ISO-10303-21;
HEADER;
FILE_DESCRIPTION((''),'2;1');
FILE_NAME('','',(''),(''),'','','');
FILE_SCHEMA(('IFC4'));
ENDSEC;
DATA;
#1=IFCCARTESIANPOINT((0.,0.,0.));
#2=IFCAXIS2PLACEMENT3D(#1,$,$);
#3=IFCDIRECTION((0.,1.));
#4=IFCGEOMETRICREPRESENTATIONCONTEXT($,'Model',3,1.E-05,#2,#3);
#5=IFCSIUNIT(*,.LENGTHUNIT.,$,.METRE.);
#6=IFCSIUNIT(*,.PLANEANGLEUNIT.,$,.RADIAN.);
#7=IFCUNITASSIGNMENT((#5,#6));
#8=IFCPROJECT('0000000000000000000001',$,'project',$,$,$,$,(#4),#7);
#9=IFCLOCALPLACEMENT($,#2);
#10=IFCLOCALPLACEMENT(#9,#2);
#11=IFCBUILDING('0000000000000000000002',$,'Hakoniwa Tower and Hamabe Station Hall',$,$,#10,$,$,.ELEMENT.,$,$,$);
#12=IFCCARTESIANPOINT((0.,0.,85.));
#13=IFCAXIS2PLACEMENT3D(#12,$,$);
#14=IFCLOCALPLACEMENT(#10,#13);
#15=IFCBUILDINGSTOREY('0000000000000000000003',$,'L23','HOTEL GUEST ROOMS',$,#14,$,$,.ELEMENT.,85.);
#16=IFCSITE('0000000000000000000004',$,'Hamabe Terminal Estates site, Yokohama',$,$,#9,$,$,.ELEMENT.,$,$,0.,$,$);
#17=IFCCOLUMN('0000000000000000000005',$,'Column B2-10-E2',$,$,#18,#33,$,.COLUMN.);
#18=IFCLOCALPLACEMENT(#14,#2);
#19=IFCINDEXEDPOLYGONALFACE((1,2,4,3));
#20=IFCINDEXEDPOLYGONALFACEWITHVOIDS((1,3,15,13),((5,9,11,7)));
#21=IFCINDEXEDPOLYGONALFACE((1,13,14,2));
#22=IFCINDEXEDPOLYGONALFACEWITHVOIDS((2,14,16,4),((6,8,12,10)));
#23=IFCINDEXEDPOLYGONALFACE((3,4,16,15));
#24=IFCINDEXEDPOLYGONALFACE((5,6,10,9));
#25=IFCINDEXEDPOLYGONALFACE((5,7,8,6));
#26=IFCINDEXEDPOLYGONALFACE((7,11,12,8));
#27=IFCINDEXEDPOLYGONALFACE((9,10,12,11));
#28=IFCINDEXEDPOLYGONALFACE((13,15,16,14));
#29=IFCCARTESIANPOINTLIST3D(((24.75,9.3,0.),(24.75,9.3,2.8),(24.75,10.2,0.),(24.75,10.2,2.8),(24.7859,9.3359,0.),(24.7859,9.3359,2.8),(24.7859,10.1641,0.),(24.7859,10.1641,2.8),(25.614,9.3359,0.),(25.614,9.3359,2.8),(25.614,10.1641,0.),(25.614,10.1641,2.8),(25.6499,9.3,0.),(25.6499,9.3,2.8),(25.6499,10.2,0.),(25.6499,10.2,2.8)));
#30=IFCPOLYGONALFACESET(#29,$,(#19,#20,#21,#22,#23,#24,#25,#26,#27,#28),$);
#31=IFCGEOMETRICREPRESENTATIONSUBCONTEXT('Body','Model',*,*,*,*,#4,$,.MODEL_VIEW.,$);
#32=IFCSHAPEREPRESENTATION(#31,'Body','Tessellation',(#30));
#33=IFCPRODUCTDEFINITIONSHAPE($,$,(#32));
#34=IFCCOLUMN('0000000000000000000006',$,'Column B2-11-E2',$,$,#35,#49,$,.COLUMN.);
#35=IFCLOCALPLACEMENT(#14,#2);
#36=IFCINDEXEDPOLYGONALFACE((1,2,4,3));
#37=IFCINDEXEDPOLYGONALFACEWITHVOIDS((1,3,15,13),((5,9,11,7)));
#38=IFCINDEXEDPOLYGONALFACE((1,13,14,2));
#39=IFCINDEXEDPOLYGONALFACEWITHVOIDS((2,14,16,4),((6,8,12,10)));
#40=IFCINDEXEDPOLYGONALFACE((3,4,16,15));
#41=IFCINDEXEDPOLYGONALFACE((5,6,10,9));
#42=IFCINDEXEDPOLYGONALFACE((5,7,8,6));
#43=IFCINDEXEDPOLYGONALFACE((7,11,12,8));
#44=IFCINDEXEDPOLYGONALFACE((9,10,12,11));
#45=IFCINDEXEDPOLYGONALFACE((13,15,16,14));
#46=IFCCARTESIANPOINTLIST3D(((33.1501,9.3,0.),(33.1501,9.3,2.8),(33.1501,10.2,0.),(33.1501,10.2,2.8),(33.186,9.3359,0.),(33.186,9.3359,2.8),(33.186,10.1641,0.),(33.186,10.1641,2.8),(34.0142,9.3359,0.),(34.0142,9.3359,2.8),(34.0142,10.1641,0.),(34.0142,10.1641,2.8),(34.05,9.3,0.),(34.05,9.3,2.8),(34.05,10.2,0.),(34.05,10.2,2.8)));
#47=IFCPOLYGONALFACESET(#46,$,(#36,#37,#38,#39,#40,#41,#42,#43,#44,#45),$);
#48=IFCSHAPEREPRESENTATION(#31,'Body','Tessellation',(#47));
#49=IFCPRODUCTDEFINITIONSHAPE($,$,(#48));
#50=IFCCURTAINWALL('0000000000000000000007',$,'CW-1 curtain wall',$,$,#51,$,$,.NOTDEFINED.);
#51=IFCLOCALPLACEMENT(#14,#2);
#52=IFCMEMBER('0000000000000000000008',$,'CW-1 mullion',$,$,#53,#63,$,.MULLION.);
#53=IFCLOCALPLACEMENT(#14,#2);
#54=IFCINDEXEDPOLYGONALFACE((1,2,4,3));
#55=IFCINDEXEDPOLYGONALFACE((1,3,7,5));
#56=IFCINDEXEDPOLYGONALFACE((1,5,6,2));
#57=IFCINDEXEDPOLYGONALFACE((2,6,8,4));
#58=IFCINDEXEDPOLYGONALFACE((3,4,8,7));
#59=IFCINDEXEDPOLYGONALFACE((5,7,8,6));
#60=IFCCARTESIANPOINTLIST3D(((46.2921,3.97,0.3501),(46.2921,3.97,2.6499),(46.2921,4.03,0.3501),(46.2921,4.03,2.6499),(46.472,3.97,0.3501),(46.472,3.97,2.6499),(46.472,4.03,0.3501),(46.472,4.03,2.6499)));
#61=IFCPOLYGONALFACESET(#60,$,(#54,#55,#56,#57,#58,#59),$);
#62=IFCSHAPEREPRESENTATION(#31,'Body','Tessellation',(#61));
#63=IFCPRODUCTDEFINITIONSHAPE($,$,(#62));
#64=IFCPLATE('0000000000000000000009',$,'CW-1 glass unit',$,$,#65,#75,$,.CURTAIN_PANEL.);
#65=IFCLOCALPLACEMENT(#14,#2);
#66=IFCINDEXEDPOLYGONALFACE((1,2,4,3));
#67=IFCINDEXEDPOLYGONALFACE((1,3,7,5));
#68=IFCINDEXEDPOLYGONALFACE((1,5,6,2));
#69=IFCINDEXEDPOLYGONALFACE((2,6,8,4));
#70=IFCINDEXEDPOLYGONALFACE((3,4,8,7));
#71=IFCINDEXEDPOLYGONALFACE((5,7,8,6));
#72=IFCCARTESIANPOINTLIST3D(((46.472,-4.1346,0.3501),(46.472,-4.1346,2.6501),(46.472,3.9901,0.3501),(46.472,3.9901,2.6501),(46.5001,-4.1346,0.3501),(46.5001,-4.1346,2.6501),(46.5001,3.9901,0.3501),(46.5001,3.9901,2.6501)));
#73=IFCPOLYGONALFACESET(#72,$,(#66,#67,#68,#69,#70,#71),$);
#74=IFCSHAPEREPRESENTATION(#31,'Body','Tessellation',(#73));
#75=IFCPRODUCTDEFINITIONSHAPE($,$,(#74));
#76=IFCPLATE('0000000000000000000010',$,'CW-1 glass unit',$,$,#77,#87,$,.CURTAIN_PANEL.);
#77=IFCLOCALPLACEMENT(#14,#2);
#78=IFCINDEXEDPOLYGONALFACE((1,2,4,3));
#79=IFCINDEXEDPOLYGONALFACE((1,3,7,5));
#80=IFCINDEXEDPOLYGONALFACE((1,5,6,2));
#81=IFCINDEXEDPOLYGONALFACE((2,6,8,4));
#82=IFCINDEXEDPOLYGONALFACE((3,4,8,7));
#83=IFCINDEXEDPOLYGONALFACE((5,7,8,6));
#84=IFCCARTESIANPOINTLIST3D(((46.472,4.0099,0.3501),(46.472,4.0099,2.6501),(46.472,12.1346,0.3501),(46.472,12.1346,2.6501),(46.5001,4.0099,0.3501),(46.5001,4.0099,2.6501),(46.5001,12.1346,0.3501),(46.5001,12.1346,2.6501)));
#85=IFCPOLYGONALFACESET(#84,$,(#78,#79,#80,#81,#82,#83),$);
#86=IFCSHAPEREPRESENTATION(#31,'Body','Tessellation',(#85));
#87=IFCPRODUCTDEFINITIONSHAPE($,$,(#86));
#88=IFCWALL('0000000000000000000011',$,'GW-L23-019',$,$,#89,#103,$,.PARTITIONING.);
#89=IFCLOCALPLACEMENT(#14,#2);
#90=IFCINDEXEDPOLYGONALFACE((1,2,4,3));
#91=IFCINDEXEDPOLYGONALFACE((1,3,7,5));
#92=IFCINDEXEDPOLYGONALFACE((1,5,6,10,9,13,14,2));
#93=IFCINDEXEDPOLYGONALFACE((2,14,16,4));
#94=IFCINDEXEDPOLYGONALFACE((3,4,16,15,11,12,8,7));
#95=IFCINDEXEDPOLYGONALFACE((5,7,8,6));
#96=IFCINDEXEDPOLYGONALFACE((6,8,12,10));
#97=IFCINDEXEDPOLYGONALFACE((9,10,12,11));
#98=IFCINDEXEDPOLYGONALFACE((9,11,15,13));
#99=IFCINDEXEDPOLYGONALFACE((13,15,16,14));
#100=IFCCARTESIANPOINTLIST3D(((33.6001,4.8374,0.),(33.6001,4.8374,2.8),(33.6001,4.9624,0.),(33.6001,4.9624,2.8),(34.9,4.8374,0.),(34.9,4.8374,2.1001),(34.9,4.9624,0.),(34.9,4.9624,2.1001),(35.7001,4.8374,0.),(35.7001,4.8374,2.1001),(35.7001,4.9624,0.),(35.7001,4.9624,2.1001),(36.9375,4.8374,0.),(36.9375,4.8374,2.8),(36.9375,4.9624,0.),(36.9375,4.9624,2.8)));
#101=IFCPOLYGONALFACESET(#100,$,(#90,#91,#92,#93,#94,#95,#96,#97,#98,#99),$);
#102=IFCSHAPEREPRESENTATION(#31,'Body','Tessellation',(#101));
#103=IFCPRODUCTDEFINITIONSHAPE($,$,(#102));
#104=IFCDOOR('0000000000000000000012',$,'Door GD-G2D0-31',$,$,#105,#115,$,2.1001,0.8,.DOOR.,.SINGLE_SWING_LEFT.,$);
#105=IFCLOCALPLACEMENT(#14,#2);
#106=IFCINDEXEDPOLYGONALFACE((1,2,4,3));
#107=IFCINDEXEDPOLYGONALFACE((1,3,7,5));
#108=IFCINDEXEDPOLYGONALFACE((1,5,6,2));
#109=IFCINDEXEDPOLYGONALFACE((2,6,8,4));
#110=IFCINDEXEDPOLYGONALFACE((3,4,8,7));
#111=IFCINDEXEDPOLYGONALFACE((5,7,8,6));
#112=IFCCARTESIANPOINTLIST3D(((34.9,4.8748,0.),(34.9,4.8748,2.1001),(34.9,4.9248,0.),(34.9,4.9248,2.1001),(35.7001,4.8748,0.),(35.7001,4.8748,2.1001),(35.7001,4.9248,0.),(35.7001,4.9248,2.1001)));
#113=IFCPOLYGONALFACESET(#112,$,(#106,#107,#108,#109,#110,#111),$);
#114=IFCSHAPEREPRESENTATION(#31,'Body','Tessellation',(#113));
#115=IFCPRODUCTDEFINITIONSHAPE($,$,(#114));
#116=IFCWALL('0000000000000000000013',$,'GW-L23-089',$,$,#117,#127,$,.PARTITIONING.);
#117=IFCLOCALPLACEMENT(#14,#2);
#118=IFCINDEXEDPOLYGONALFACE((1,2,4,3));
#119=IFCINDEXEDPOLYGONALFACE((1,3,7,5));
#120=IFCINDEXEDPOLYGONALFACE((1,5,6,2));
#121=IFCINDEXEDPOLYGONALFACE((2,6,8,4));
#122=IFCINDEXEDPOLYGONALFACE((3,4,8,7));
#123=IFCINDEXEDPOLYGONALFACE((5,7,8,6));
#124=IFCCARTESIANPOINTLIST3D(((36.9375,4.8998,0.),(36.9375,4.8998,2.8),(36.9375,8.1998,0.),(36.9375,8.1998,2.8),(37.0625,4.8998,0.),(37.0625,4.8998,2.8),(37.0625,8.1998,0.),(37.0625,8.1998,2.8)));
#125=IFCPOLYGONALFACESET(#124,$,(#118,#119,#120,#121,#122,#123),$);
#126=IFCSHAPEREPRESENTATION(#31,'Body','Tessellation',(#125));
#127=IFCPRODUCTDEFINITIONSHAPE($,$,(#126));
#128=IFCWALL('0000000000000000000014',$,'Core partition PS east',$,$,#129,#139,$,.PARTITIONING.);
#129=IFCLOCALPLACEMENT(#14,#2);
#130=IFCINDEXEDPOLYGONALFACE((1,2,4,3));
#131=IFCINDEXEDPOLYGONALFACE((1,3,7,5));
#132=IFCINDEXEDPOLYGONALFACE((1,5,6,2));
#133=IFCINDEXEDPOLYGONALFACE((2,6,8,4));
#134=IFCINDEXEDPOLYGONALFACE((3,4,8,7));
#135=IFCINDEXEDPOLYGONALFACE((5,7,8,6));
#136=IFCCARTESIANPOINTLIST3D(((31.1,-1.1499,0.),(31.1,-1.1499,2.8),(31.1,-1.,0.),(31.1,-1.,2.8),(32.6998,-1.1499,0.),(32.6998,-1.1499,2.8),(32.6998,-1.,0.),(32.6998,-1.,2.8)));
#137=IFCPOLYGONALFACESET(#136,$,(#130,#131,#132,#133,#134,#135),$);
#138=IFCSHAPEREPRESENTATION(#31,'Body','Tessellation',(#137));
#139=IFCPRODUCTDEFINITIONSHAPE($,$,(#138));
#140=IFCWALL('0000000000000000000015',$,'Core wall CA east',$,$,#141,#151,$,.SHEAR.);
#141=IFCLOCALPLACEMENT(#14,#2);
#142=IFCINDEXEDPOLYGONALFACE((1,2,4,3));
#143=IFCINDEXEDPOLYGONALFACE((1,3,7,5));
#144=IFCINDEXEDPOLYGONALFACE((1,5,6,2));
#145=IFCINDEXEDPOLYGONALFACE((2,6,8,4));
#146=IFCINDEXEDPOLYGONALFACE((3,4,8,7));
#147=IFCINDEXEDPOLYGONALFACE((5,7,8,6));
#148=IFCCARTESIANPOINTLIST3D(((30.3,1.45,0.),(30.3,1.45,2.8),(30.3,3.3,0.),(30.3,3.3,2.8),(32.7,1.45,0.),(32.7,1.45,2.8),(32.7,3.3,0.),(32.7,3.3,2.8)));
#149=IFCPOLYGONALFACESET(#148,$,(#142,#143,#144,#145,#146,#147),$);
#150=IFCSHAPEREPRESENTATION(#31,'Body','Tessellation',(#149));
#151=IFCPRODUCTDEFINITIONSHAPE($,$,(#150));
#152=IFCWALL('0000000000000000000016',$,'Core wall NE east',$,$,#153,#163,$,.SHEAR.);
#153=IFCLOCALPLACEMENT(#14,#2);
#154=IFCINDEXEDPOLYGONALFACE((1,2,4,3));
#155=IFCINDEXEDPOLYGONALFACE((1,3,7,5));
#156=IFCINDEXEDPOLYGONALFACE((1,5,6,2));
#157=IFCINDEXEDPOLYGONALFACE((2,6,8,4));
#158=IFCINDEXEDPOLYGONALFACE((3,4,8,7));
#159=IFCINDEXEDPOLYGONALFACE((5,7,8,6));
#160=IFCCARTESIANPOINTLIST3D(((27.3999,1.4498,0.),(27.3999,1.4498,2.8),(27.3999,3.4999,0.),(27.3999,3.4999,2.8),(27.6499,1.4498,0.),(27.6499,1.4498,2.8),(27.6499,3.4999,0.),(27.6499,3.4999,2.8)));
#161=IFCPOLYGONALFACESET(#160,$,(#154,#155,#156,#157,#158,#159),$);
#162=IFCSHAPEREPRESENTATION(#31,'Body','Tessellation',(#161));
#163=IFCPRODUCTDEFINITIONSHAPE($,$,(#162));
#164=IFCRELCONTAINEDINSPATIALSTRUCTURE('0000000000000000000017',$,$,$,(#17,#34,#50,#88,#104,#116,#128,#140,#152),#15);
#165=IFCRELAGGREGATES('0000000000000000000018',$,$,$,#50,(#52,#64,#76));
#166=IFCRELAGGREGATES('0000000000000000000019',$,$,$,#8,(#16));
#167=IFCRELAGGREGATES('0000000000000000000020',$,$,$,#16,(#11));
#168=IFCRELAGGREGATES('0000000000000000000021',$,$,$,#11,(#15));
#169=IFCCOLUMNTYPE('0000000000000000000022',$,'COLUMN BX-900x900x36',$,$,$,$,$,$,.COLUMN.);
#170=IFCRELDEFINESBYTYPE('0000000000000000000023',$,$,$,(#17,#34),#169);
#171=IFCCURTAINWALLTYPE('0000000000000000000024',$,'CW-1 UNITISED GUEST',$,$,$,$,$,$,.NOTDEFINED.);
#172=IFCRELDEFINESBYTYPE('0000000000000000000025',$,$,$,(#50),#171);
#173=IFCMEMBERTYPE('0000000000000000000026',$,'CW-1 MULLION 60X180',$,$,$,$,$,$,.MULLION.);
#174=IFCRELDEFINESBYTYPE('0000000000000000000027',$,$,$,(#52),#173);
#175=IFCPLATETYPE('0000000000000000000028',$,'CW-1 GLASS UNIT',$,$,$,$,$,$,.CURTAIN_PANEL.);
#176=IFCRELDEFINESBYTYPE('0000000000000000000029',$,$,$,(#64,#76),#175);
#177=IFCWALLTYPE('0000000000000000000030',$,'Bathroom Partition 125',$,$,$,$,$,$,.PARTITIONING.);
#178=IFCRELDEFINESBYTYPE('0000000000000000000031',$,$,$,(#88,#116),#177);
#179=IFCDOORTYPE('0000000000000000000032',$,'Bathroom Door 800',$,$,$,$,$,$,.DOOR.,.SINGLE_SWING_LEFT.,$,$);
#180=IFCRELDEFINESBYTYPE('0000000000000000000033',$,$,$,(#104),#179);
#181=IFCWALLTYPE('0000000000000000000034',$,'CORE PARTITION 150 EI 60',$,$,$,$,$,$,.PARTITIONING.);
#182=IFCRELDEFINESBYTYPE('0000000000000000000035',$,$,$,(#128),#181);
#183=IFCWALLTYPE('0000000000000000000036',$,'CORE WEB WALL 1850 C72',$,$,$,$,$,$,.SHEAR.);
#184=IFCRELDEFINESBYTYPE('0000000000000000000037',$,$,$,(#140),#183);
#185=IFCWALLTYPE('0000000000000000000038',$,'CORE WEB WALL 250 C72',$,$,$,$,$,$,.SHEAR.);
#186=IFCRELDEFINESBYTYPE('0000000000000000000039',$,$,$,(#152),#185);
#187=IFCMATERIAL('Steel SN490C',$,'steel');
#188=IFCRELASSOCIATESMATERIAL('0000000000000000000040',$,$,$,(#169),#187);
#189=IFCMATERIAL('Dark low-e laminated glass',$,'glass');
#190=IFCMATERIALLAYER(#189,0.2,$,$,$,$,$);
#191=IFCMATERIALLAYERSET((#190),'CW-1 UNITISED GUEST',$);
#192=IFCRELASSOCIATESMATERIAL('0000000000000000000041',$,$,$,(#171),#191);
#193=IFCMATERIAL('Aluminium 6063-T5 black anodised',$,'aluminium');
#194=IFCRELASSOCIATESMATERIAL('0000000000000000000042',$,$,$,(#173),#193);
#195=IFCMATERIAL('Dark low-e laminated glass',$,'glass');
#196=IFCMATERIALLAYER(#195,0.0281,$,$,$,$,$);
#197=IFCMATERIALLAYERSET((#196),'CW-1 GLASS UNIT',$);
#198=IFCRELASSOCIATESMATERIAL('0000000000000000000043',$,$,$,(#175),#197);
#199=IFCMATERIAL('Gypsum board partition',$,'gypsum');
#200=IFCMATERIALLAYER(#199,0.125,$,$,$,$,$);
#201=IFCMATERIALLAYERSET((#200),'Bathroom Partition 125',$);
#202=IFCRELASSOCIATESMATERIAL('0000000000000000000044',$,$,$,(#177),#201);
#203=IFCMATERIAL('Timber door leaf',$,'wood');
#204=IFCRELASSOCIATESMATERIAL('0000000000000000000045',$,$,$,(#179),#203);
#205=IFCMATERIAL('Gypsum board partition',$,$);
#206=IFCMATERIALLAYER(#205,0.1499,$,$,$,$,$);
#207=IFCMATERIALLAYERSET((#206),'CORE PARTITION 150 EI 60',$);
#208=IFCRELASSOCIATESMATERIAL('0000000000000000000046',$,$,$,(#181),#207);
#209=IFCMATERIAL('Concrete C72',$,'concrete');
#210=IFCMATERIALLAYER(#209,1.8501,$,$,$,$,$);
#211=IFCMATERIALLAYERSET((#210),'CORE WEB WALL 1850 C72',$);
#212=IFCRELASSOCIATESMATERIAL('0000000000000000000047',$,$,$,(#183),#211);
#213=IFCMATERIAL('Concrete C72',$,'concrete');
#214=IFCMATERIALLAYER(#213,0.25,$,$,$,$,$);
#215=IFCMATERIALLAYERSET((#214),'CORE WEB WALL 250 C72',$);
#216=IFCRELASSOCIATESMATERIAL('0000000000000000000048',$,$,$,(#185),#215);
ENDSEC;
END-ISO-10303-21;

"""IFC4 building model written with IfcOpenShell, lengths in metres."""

from ifc_helpers import new_model, si_unit, direction, frame, frame_2d, origin, origin_2d, place, context, subcontext, project, spatial, rectangle, hollow_rectangle, extrude, material, layer, layer_set, material_profile, profile_set, type_object, element, fill, aggregate, save


model = new_model("IFC4")

# Units and contexts
model_context = context("Model", 3, precision=1e-05, world=origin(), true_north=direction((0.0, 1.0)))
body_context = subcontext(model_context, "Body", "Model", "MODEL_VIEW")
ifc_project = project(units=[si_unit("LENGTHUNIT", "METRE"), si_unit("PLANEANGLEUNIT", "RADIAN")], contexts=[model_context])

# Site, building, storey
site_placement = place(None, origin())
site = spatial("IfcSite", under=ifc_project, at=site_placement, Name="Hamabe Terminal Estates site, Yokohama", CompositionType="ELEMENT", RefElevation=0.0)
building_placement = place(site_placement, origin())
building = spatial("IfcBuilding", under=site, at=building_placement, Name="Hakoniwa Tower and Hamabe Station Hall", CompositionType="ELEMENT")
storey_placement = place(building_placement, frame((0.0, 0.0, 85.0)))
storey = spatial("IfcBuildingStorey", under=building, at=storey_placement, Name="L23", Description="HOTEL GUEST ROOMS", CompositionType="ELEMENT", Elevation=85.0)

# Columns
ifc_material_1 = material(Name="Steel SN490C", Category="steel")
ifc_material_profile_1 = material_profile(ifc_material_1, hollow_rectangle(XDim=0.8999, YDim=0.8999, WallThickness=0.0359, at=origin_2d()), Name="BX-900x900x36")
ifc_profile_set_1 = profile_set([ifc_material_profile_1], Name="Steel SN490C")
column_type = type_object("IfcColumnType", Name="COLUMN BX-900x900x36", PredefinedType="COLUMN", material=ifc_profile_set_1)
for number, where, z_axis, x_axis, name in (
    (1, (25.2, 9.75, 0.0), (0.0, 0.0, 1.0), (1.0, 0.0, 0.0), "Column B2-10-E2"),
    (2, (33.6001, 9.75, 0.0), (0.0, 0.0, 1.0), (1.0, 0.0, 0.0), "Column B2-11-E2"),
):
    element("IfcColumn", number, at=place(storey_placement, frame(where, z_axis=z_axis, x_axis=x_axis)), inside=storey, type_object=column_type, Name=name, PredefinedType="COLUMN", context=body_context, shape_type="SweptSolid", body=[
        extrude(hollow_rectangle(XDim=0.8999, YDim=0.8999, WallThickness=0.0359, at=origin_2d()), origin(), (0.0, 0.0, 1.0), 2.8),
    ])

# Curtain wall, member, plates
ifc_material_2 = material(Name="Dark low-e laminated glass", Category="glass")
ifc_layer_1 = layer(ifc_material_2, 0.2)
ifc_layer_set_1 = layer_set([ifc_layer_1], Name="CW-1 UNITISED GUEST")
curtain_wall_type = type_object("IfcCurtainWallType", Name="CW-1 UNITISED GUEST", PredefinedType="NOTDEFINED", material=ifc_layer_set_1)
curtain_wall_placement = place(storey_placement, origin())
curtain_wall = element("IfcCurtainWall", 3, at=curtain_wall_placement, inside=storey, type_object=curtain_wall_type, Name="CW-1 curtain wall", PredefinedType="NOTDEFINED")
ifc_material_3 = material(Name="Aluminium 6063-T5 black anodised", Category="aluminium")
ifc_material_profile_2 = material_profile(ifc_material_3, rectangle(XDim=0.0601, YDim=0.1799, at=origin_2d()), Name="CW-1 MULLION 60X180")
ifc_profile_set_2 = profile_set([ifc_material_profile_2], Name="Aluminium 6063-T5 black anodised")
member_type = type_object("IfcMemberType", Name="CW-1 MULLION 60X180", PredefinedType="MULLION", material=ifc_profile_set_2)
member_placement = place(storey_placement, frame((46.3821, 4.0, 0.3501), z_axis=(0.0, 0.0, 1.0), x_axis=(0.0, 1.0, 0.0)))
member = element("IfcMember", 4, at=member_placement, type_object=member_type, Name="CW-1 mullion", PredefinedType="MULLION", context=body_context, shape_type="SweptSolid", body=[
    extrude(rectangle(XDim=0.0601, YDim=0.1799, at=origin_2d()), origin(), (0.0, 0.0, 1.0), 2.2998),
])
ifc_material_4 = material(Name="Dark low-e laminated glass", Category="glass")
ifc_layer_2 = layer(ifc_material_4, 0.0281)
ifc_layer_set_2 = layer_set([ifc_layer_2], Name="CW-1 GLASS UNIT")
plate_type = type_object("IfcPlateType", Name="CW-1 GLASS UNIT", PredefinedType="CURTAIN_PANEL", material=ifc_layer_set_2)
plate_1_placement = place(storey_placement, frame((46.4861, -0.0723, 0.3501), z_axis=(0.0, 0.0, 1.0), x_axis=(0.0, 1.0, 0.0)))
plate_1 = element("IfcPlate", 5, at=plate_1_placement, type_object=plate_type, Name="CW-1 glass unit", PredefinedType="CURTAIN_PANEL", context=body_context, shape_type="SweptSolid", body=[
    extrude(rectangle(XDim=8.1248, YDim=0.0281, at=origin_2d()), origin(), (0.0, 0.0, 1.0), 2.3),
])
plate_2_placement = place(storey_placement, frame((46.4861, 8.0723, 0.3501), z_axis=(0.0, 0.0, 1.0), x_axis=(0.0, 1.0, 0.0)))
plate_2 = element("IfcPlate", 6, at=plate_2_placement, type_object=plate_type, Name="CW-1 glass unit", PredefinedType="CURTAIN_PANEL", context=body_context, shape_type="SweptSolid", body=[
    extrude(rectangle(XDim=8.1248, YDim=0.0281, at=origin_2d()), origin(), (0.0, 0.0, 1.0), 2.3),
])
aggregate(curtain_wall, [member, plate_1, plate_2])

# Wall, opening, door
ifc_material_5 = material(Name="Gypsum board partition", Category="gypsum")
ifc_layer_3 = layer(ifc_material_5, 0.125)
ifc_layer_set_3 = layer_set([ifc_layer_3], Name="Bathroom Partition 125")
wall_type_1 = type_object("IfcWallType", Name="Bathroom Partition 125", PredefinedType="PARTITIONING", material=ifc_layer_set_3)
wall_1_placement = place(storey_placement, frame((33.6001, 4.8999, 0.0), z_axis=(0.0, 0.0, 1.0), x_axis=(1.0, 0.0, 0.0)))
wall_1 = element("IfcWall", 7, at=wall_1_placement, inside=storey, type_object=wall_type_1, Name="GW-L23-019", PredefinedType="PARTITIONING", context=body_context, shape_type="SweptSolid", body=[
    extrude(rectangle(XDim=3.3374, YDim=0.125, at=frame_2d((1.6687, 0.0))), origin(), (0.0, 0.0, 1.0), 2.8),
])
opening_1_placement = place(wall_1_placement, frame((1.3, 0.0, 0.0)))
opening_1 = element("IfcOpeningElement", 8, at=opening_1_placement, cuts=wall_1, PredefinedType="OPENING", context=body_context, shape_type="SweptSolid", body=[
    extrude(rectangle(XDim=0.8, YDim=2.1001, at=frame_2d((0.3999, 1.05))), frame((0.0, 0.0725, 0.0), z_axis=(0.0, -1.0, 0.0), x_axis=(1.0, 0.0, 0.0)), (0.0, 0.0, 1.0), 0.145),
])
ifc_material_6 = material(Name="Timber door leaf", Category="wood")
door_type_1 = type_object("IfcDoorType", Name="Bathroom Door 800", OperationType="SINGLE_SWING_LEFT", PredefinedType="DOOR", material=ifc_material_6)
door_1_placement = place(opening_1_placement, origin())
door_1 = element("IfcDoor", 9, at=door_1_placement, inside=storey, type_object=door_type_1, Name="Door GD-G2D0-31", OperationType="SINGLE_SWING_LEFT", OverallHeight=2.1001, OverallWidth=0.8, PredefinedType="DOOR", context=body_context, shape_type="SweptSolid", body=[
    extrude(rectangle(XDim=0.8, YDim=2.1001, at=frame_2d((0.3999, 1.05))), frame((0.0, 0.0249, 0.0), z_axis=(0.0, -1.0, 0.0), x_axis=(1.0, 0.0, 0.0)), (0.0, 0.0, 1.0), 0.05),
])
fill(opening_1, door_1)

# Walls
wall_2_placement = place(storey_placement, frame((37.0, 4.8999, 0.0), z_axis=(0.0, 0.0, 1.0), x_axis=(0.0, 1.0, 0.0)))
element("IfcWall", 10, at=wall_2_placement, inside=storey, type_object=wall_type_1, Name="GW-L23-089", PredefinedType="PARTITIONING", context=body_context, shape_type="SweptSolid", body=[
    extrude(rectangle(XDim=3.3, YDim=0.125, at=frame_2d((1.6499, 0.0))), origin(), (0.0, 0.0, 1.0), 2.8),
])
ifc_material_7 = material(Name="Gypsum board partition")
ifc_layer_4 = layer(ifc_material_7, 0.1499)
ifc_layer_set_4 = layer_set([ifc_layer_4], Name="CORE PARTITION 150 EI 60")
wall_type_2 = type_object("IfcWallType", Name="CORE PARTITION 150 EI 60", PredefinedType="PARTITIONING", material=ifc_layer_set_4)
wall_3_placement = place(storey_placement, frame((31.1001, -1.075, 0.0), z_axis=(0.0, 0.0, 1.0), x_axis=(1.0, 0.0, 0.0)))
element("IfcWall", 11, at=wall_3_placement, inside=storey, type_object=wall_type_2, Name="Core partition PS east", PredefinedType="PARTITIONING", context=body_context, shape_type="SweptSolid", body=[
    extrude(rectangle(XDim=1.5999, YDim=0.1499, at=frame_2d((0.7998, 0.0))), origin(), (0.0, 0.0, 1.0), 2.8),
])
ifc_material_8 = material(Name="Concrete C72", Category="concrete")
ifc_layer_5 = layer(ifc_material_8, 1.8501)
ifc_layer_set_5 = layer_set([ifc_layer_5], Name="CORE WEB WALL 1850 C72")
wall_type_3 = type_object("IfcWallType", Name="CORE WEB WALL 1850 C72", PredefinedType="SHEAR", material=ifc_layer_set_5)
wall_4_placement = place(storey_placement, frame((30.3, 2.375, 0.0), z_axis=(0.0, 0.0, 1.0), x_axis=(1.0, 0.0, 0.0)))
element("IfcWall", 12, at=wall_4_placement, inside=storey, type_object=wall_type_3, Name="Core wall CA east", PredefinedType="SHEAR", context=body_context, shape_type="SweptSolid", body=[
    extrude(rectangle(XDim=2.3999, YDim=1.8501, at=frame_2d((1.2, 0.0))), origin(), (0.0, 0.0, 1.0), 2.8),
])
ifc_material_9 = material(Name="Concrete C72", Category="concrete")
ifc_layer_6 = layer(ifc_material_9, 0.25)
ifc_layer_set_6 = layer_set([ifc_layer_6], Name="CORE WEB WALL 250 C72")
wall_type_4 = type_object("IfcWallType", Name="CORE WEB WALL 250 C72", PredefinedType="SHEAR", material=ifc_layer_set_6)
wall_5_placement = place(storey_placement, frame((27.5249, 1.45, 0.0), z_axis=(0.0, 0.0, 1.0), x_axis=(0.0, 1.0, 0.0)))
element("IfcWall", 13, at=wall_5_placement, inside=storey, type_object=wall_type_4, Name="Core wall NE east", PredefinedType="SHEAR", context=body_context, shape_type="SweptSolid", body=[
    extrude(rectangle(XDim=2.05, YDim=0.25, at=frame_2d((1.0249, 0.0))), origin(), (0.0, 0.0, 1.0), 2.8),
])

save(model, "model.ifc")
